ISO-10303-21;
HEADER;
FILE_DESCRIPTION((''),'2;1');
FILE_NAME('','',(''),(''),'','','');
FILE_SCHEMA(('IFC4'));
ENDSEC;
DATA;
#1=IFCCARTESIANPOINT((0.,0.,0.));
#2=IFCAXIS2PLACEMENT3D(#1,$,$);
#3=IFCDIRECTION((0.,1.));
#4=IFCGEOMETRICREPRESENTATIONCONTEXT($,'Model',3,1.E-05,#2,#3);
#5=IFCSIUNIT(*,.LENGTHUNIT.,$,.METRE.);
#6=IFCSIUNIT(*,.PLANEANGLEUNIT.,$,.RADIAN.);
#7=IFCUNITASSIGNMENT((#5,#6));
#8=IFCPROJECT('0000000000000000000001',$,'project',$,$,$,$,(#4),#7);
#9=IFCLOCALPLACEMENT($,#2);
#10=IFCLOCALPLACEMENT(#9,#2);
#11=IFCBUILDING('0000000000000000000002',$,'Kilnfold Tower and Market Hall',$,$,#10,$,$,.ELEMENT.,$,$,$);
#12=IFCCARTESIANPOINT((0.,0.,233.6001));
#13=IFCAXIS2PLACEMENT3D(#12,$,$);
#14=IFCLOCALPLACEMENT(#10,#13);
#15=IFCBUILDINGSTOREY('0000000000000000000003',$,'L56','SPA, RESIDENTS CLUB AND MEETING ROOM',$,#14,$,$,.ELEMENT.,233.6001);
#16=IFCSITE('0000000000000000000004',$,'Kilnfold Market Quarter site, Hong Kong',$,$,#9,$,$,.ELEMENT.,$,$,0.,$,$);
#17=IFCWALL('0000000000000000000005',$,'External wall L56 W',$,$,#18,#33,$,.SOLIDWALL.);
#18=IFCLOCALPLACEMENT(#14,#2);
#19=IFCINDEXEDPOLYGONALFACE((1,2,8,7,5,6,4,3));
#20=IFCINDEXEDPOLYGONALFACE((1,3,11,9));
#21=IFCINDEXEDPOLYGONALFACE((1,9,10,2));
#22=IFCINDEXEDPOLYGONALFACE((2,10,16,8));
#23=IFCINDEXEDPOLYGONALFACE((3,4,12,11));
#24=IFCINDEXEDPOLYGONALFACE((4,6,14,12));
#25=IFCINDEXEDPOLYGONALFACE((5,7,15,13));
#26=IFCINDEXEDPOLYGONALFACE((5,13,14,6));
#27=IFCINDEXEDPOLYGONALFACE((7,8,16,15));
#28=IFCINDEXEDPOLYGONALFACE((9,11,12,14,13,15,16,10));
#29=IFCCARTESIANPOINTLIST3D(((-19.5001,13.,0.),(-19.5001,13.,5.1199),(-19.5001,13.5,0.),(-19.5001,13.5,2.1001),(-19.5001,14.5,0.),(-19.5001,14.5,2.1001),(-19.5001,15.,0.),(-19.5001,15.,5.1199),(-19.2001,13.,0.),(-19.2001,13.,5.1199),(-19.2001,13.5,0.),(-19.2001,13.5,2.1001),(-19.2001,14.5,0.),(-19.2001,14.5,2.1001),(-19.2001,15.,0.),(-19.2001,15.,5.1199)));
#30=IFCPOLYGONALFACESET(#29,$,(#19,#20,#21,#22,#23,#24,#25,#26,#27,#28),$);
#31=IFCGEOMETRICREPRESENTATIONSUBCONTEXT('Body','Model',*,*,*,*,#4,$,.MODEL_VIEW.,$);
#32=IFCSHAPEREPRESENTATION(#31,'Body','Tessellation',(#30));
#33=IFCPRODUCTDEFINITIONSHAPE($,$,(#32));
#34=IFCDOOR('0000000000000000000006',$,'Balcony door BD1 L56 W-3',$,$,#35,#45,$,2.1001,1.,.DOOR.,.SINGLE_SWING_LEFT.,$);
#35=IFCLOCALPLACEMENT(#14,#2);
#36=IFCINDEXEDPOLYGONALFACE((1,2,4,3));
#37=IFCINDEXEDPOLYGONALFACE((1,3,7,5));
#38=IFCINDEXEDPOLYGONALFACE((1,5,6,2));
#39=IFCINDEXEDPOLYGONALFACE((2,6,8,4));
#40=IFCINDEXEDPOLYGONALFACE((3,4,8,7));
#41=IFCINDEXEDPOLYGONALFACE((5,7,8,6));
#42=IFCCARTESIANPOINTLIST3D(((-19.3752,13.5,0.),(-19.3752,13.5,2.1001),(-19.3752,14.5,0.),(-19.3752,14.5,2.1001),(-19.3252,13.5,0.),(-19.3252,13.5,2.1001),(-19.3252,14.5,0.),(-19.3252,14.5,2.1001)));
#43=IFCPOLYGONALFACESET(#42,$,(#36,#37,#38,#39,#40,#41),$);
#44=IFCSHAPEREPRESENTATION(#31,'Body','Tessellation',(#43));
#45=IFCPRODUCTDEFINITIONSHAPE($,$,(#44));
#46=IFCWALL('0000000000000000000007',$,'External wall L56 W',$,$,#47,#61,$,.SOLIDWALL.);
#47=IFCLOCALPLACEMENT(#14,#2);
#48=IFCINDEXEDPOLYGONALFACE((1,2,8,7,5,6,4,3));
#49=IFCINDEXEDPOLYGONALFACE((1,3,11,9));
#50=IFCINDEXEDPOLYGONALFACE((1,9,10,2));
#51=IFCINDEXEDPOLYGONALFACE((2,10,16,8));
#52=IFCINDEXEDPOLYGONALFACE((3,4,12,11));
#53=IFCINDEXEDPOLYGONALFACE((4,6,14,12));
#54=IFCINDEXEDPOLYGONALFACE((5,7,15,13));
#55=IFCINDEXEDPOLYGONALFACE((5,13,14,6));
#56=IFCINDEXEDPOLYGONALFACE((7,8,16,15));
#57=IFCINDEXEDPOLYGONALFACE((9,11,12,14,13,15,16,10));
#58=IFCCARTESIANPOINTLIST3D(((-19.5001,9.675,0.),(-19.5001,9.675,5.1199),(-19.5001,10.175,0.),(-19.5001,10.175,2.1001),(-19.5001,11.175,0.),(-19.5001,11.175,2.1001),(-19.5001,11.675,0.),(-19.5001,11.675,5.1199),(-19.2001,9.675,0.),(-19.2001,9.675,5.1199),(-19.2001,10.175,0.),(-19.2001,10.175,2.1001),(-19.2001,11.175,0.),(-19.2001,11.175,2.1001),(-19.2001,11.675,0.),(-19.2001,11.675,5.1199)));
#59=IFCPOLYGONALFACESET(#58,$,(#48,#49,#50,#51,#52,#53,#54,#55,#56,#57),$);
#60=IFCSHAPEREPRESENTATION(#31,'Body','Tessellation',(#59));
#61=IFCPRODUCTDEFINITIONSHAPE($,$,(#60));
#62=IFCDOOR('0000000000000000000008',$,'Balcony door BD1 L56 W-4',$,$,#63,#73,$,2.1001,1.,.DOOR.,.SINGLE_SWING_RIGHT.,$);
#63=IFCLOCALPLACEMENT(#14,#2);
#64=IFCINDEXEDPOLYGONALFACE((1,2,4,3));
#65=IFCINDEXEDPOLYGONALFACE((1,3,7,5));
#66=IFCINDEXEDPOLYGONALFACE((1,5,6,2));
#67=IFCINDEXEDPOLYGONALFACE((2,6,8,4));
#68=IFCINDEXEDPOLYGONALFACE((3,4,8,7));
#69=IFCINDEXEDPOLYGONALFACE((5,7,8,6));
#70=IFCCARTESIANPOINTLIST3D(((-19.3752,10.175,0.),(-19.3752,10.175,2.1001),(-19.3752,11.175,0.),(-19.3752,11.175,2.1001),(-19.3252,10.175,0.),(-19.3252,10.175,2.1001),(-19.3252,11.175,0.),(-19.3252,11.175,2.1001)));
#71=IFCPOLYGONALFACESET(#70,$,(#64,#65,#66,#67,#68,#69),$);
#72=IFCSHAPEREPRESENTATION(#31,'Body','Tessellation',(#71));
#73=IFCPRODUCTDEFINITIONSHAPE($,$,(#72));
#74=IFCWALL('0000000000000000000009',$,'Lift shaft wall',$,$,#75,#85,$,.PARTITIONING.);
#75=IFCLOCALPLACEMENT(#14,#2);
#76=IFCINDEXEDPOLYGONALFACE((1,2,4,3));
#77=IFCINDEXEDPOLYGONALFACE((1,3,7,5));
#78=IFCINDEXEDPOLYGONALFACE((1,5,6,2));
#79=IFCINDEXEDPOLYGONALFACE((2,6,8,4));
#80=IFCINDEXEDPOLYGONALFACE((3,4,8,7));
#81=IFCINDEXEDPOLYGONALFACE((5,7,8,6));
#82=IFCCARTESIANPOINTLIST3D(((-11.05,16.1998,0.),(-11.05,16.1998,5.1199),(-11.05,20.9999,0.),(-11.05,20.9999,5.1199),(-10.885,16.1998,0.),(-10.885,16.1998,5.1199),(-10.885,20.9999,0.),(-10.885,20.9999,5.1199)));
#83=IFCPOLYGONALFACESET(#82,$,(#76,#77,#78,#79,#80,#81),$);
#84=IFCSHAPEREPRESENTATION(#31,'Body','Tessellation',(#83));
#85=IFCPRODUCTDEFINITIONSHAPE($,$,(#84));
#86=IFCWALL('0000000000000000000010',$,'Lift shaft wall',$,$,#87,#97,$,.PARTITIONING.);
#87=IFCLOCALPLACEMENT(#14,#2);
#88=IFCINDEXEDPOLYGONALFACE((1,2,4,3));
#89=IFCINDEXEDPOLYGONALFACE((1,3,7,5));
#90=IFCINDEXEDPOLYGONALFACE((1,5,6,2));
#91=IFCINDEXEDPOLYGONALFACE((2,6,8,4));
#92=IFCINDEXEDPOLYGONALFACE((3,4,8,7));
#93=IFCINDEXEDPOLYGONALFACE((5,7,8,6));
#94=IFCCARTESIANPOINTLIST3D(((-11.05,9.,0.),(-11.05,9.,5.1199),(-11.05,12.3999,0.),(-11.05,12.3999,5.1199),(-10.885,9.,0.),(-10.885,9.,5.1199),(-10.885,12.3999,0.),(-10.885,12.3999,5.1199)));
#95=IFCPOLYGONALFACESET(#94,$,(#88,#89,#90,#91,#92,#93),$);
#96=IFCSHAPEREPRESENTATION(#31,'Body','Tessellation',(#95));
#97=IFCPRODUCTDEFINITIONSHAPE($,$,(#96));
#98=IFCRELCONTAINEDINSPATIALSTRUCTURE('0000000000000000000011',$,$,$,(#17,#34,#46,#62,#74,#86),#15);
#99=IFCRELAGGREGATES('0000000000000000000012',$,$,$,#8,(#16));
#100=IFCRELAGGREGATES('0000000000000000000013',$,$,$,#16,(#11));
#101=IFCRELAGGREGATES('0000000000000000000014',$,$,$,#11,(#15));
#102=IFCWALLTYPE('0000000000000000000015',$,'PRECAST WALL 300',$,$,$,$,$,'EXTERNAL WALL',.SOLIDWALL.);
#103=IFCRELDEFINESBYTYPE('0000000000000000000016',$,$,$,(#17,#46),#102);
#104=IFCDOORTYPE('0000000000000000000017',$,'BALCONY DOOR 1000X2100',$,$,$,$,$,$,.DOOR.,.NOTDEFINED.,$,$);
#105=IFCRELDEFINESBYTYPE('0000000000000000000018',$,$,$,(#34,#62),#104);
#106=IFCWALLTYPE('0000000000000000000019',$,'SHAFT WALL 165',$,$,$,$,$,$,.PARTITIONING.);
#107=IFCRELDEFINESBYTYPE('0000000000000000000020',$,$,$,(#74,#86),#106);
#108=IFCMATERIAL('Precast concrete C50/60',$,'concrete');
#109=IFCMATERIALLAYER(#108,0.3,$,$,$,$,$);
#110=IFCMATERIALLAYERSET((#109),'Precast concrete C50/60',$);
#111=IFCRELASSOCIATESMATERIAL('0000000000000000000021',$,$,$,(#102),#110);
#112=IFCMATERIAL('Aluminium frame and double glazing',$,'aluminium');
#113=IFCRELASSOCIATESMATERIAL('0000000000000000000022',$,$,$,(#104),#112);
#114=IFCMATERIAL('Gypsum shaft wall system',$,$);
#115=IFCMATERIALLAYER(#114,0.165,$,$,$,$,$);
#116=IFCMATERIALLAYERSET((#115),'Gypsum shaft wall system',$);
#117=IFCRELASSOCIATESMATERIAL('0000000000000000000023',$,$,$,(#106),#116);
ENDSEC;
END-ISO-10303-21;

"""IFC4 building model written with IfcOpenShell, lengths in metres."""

from ifc_helpers import new_model, si_unit, direction, frame, frame_2d, origin, place, context, subcontext, project, spatial, rectangle, extrude, source, transform, mapped, material, layer, layer_set, type_object, element, fill, save


model = new_model("IFC4")

# Units and contexts
model_context = context("Model", 3, precision=1e-05, world=origin(), true_north=direction((0.0, 1.0)))
body_context = subcontext(model_context, "Body", "Model", "MODEL_VIEW")
ifc_project = project(units=[si_unit("LENGTHUNIT", "METRE"), si_unit("PLANEANGLEUNIT", "RADIAN")], contexts=[model_context])

# Site, building, storey
site_placement = place(None, origin())
site = spatial("IfcSite", under=ifc_project, at=site_placement, Name="Kilnfold Market Quarter site, Hong Kong", CompositionType="ELEMENT", RefElevation=0.0)
building_placement = place(site_placement, origin())
building = spatial("IfcBuilding", under=site, at=building_placement, Name="Kilnfold Tower and Market Hall", CompositionType="ELEMENT")
storey_placement = place(building_placement, frame((0.0, 0.0, 233.6001)))
storey = spatial("IfcBuildingStorey", under=building, at=storey_placement, Name="L56", Description="SPA, RESIDENTS CLUB AND MEETING ROOM", CompositionType="ELEMENT", Elevation=233.6001)

# Walls, openings, doors
ifc_material_1 = material(Name="Precast concrete C50/60", Category="concrete")
ifc_layer_1 = layer(ifc_material_1, 0.3)
ifc_layer_set_1 = layer_set([ifc_layer_1], Name="Precast concrete C50/60")
wall_type_1 = type_object("IfcWallType", Name="PRECAST WALL 300", ElementType="EXTERNAL WALL", PredefinedType="SOLIDWALL", material=ifc_layer_set_1)
shared_shape_1 = source(origin(), body_context, "Body", "SweptSolid", [
    extrude(rectangle(XDim=2.0, YDim=0.3, at=frame_2d((1.0, 0.0))), origin(), (0.0, 0.0, 1.0), 5.1199),
])
ifc_material_2 = material(Name="Aluminium frame and double glazing", Category="aluminium")
door_type_1 = type_object("IfcDoorType", Name="BALCONY DOOR 1000X2100", OperationType="NOTDEFINED", PredefinedType="DOOR", material=ifc_material_2)
wall_1_placement = place(storey_placement, frame((-19.3501, 15.0, 0.0), z_axis=(0.0, 0.0, 1.0), x_axis=(0.0, -1.0, 0.0)))
wall_1 = element("IfcWall", 1, at=wall_1_placement, inside=storey, type_object=wall_type_1, Name="External wall L56 W", PredefinedType="SOLIDWALL", context=body_context, shape_type="MappedRepresentation", body=[
    mapped(shared_shape_1, transform((0.0, 0.0, 0.0))),
])
opening_1_placement = place(wall_1_placement, frame((0.5, 0.0, 0.0)))
opening_1 = element("IfcOpeningElement", 2, at=opening_1_placement, cuts=wall_1, PredefinedType="OPENING", context=body_context, shape_type="SweptSolid", body=[
    extrude(rectangle(XDim=1.0, YDim=2.1001, at=frame_2d((0.5, 1.05))), frame((0.0, 0.1602, 0.0), z_axis=(0.0, -1.0, 0.0), x_axis=(1.0, 0.0, 0.0)), (0.0, 0.0, 1.0), 0.3201),
])
door_1_placement = place(opening_1_placement, origin())
door_1 = element("IfcDoor", 3, at=door_1_placement, inside=storey, type_object=door_type_1, Name="Balcony door BD1 L56 W-3", OperationType="SINGLE_SWING_LEFT", OverallHeight=2.1001, OverallWidth=1.0, PredefinedType="DOOR", context=body_context, shape_type="SweptSolid", body=[
    extrude(rectangle(XDim=1.0, YDim=2.1001, at=frame_2d((0.5, 1.05))), frame((0.0, 0.0249, 0.0), z_axis=(0.0, -1.0, 0.0), x_axis=(1.0, 0.0, 0.0)), (0.0, 0.0, 1.0), 0.05),
])
fill(opening_1, door_1)
wall_2_placement = place(storey_placement, frame((-19.3501, 11.675, 0.0), z_axis=(0.0, 0.0, 1.0), x_axis=(0.0, -1.0, 0.0)))
wall_2 = element("IfcWall", 4, at=wall_2_placement, inside=storey, type_object=wall_type_1, Name="External wall L56 W", PredefinedType="SOLIDWALL", context=body_context, shape_type="MappedRepresentation", body=[
    mapped(shared_shape_1, transform((0.0, 0.0, 0.0))),
])
opening_2_placement = place(wall_2_placement, frame((0.5, 0.0, 0.0)))
opening_2 = element("IfcOpeningElement", 5, at=opening_2_placement, cuts=wall_2, PredefinedType="OPENING", context=body_context, shape_type="SweptSolid", body=[
    extrude(rectangle(XDim=1.0, YDim=2.1001, at=frame_2d((0.5, 1.05))), frame((0.0, 0.1602, 0.0), z_axis=(0.0, -1.0, 0.0), x_axis=(1.0, 0.0, 0.0)), (0.0, 0.0, 1.0), 0.3201),
])
door_2_placement = place(opening_2_placement, origin())
door_2 = element("IfcDoor", 6, at=door_2_placement, inside=storey, type_object=door_type_1, Name="Balcony door BD1 L56 W-4", OperationType="SINGLE_SWING_RIGHT", OverallHeight=2.1001, OverallWidth=1.0, PredefinedType="DOOR", context=body_context, shape_type="SweptSolid", body=[
    extrude(rectangle(XDim=1.0, YDim=2.1001, at=frame_2d((0.5, 1.05))), frame((0.0, 0.0249, 0.0), z_axis=(0.0, -1.0, 0.0), x_axis=(1.0, 0.0, 0.0)), (0.0, 0.0, 1.0), 0.05),
])
fill(opening_2, door_2)

# Walls
ifc_material_3 = material(Name="Gypsum shaft wall system")
ifc_layer_2 = layer(ifc_material_3, 0.165)
ifc_layer_set_2 = layer_set([ifc_layer_2], Name="Gypsum shaft wall system")
wall_type_2 = type_object("IfcWallType", Name="SHAFT WALL 165", PredefinedType="PARTITIONING", material=ifc_layer_set_2)
shared_shape_2 = source(origin(), body_context, "Body", "SweptSolid", [
    extrude(rectangle(XDim=4.8, YDim=0.165, at=frame_2d((2.3999, 0.0))), origin(), (0.0, 0.0, 1.0), 5.1199),
])
wall_3_placement = place(storey_placement, frame((-10.9675, 16.2, 0.0), z_axis=(0.0, 0.0, 1.0), x_axis=(0.0, 1.0, 0.0)))
element("IfcWall", 7, at=wall_3_placement, inside=storey, type_object=wall_type_2, Name="Lift shaft wall", PredefinedType="PARTITIONING", context=body_context, shape_type="MappedRepresentation", body=[
    mapped(shared_shape_2, transform((0.0, 0.0, 0.0))),
])
shared_shape_3 = source(origin(), body_context, "Body", "SweptSolid", [
    extrude(rectangle(XDim=3.3999, YDim=0.165, at=frame_2d((1.7, 0.0))), origin(), (0.0, 0.0, 1.0), 5.1199),
])
wall_4_placement = place(storey_placement, frame((-10.9675, 9.0, 0.0), z_axis=(0.0, 0.0, 1.0), x_axis=(0.0, 1.0, 0.0)))
element("IfcWall", 8, at=wall_4_placement, inside=storey, type_object=wall_type_2, Name="Lift shaft wall", PredefinedType="PARTITIONING", context=body_context, shape_type="MappedRepresentation", body=[
    mapped(shared_shape_3, transform((0.0, 0.0, 0.0))),
])

save(model, "model.ifc")
